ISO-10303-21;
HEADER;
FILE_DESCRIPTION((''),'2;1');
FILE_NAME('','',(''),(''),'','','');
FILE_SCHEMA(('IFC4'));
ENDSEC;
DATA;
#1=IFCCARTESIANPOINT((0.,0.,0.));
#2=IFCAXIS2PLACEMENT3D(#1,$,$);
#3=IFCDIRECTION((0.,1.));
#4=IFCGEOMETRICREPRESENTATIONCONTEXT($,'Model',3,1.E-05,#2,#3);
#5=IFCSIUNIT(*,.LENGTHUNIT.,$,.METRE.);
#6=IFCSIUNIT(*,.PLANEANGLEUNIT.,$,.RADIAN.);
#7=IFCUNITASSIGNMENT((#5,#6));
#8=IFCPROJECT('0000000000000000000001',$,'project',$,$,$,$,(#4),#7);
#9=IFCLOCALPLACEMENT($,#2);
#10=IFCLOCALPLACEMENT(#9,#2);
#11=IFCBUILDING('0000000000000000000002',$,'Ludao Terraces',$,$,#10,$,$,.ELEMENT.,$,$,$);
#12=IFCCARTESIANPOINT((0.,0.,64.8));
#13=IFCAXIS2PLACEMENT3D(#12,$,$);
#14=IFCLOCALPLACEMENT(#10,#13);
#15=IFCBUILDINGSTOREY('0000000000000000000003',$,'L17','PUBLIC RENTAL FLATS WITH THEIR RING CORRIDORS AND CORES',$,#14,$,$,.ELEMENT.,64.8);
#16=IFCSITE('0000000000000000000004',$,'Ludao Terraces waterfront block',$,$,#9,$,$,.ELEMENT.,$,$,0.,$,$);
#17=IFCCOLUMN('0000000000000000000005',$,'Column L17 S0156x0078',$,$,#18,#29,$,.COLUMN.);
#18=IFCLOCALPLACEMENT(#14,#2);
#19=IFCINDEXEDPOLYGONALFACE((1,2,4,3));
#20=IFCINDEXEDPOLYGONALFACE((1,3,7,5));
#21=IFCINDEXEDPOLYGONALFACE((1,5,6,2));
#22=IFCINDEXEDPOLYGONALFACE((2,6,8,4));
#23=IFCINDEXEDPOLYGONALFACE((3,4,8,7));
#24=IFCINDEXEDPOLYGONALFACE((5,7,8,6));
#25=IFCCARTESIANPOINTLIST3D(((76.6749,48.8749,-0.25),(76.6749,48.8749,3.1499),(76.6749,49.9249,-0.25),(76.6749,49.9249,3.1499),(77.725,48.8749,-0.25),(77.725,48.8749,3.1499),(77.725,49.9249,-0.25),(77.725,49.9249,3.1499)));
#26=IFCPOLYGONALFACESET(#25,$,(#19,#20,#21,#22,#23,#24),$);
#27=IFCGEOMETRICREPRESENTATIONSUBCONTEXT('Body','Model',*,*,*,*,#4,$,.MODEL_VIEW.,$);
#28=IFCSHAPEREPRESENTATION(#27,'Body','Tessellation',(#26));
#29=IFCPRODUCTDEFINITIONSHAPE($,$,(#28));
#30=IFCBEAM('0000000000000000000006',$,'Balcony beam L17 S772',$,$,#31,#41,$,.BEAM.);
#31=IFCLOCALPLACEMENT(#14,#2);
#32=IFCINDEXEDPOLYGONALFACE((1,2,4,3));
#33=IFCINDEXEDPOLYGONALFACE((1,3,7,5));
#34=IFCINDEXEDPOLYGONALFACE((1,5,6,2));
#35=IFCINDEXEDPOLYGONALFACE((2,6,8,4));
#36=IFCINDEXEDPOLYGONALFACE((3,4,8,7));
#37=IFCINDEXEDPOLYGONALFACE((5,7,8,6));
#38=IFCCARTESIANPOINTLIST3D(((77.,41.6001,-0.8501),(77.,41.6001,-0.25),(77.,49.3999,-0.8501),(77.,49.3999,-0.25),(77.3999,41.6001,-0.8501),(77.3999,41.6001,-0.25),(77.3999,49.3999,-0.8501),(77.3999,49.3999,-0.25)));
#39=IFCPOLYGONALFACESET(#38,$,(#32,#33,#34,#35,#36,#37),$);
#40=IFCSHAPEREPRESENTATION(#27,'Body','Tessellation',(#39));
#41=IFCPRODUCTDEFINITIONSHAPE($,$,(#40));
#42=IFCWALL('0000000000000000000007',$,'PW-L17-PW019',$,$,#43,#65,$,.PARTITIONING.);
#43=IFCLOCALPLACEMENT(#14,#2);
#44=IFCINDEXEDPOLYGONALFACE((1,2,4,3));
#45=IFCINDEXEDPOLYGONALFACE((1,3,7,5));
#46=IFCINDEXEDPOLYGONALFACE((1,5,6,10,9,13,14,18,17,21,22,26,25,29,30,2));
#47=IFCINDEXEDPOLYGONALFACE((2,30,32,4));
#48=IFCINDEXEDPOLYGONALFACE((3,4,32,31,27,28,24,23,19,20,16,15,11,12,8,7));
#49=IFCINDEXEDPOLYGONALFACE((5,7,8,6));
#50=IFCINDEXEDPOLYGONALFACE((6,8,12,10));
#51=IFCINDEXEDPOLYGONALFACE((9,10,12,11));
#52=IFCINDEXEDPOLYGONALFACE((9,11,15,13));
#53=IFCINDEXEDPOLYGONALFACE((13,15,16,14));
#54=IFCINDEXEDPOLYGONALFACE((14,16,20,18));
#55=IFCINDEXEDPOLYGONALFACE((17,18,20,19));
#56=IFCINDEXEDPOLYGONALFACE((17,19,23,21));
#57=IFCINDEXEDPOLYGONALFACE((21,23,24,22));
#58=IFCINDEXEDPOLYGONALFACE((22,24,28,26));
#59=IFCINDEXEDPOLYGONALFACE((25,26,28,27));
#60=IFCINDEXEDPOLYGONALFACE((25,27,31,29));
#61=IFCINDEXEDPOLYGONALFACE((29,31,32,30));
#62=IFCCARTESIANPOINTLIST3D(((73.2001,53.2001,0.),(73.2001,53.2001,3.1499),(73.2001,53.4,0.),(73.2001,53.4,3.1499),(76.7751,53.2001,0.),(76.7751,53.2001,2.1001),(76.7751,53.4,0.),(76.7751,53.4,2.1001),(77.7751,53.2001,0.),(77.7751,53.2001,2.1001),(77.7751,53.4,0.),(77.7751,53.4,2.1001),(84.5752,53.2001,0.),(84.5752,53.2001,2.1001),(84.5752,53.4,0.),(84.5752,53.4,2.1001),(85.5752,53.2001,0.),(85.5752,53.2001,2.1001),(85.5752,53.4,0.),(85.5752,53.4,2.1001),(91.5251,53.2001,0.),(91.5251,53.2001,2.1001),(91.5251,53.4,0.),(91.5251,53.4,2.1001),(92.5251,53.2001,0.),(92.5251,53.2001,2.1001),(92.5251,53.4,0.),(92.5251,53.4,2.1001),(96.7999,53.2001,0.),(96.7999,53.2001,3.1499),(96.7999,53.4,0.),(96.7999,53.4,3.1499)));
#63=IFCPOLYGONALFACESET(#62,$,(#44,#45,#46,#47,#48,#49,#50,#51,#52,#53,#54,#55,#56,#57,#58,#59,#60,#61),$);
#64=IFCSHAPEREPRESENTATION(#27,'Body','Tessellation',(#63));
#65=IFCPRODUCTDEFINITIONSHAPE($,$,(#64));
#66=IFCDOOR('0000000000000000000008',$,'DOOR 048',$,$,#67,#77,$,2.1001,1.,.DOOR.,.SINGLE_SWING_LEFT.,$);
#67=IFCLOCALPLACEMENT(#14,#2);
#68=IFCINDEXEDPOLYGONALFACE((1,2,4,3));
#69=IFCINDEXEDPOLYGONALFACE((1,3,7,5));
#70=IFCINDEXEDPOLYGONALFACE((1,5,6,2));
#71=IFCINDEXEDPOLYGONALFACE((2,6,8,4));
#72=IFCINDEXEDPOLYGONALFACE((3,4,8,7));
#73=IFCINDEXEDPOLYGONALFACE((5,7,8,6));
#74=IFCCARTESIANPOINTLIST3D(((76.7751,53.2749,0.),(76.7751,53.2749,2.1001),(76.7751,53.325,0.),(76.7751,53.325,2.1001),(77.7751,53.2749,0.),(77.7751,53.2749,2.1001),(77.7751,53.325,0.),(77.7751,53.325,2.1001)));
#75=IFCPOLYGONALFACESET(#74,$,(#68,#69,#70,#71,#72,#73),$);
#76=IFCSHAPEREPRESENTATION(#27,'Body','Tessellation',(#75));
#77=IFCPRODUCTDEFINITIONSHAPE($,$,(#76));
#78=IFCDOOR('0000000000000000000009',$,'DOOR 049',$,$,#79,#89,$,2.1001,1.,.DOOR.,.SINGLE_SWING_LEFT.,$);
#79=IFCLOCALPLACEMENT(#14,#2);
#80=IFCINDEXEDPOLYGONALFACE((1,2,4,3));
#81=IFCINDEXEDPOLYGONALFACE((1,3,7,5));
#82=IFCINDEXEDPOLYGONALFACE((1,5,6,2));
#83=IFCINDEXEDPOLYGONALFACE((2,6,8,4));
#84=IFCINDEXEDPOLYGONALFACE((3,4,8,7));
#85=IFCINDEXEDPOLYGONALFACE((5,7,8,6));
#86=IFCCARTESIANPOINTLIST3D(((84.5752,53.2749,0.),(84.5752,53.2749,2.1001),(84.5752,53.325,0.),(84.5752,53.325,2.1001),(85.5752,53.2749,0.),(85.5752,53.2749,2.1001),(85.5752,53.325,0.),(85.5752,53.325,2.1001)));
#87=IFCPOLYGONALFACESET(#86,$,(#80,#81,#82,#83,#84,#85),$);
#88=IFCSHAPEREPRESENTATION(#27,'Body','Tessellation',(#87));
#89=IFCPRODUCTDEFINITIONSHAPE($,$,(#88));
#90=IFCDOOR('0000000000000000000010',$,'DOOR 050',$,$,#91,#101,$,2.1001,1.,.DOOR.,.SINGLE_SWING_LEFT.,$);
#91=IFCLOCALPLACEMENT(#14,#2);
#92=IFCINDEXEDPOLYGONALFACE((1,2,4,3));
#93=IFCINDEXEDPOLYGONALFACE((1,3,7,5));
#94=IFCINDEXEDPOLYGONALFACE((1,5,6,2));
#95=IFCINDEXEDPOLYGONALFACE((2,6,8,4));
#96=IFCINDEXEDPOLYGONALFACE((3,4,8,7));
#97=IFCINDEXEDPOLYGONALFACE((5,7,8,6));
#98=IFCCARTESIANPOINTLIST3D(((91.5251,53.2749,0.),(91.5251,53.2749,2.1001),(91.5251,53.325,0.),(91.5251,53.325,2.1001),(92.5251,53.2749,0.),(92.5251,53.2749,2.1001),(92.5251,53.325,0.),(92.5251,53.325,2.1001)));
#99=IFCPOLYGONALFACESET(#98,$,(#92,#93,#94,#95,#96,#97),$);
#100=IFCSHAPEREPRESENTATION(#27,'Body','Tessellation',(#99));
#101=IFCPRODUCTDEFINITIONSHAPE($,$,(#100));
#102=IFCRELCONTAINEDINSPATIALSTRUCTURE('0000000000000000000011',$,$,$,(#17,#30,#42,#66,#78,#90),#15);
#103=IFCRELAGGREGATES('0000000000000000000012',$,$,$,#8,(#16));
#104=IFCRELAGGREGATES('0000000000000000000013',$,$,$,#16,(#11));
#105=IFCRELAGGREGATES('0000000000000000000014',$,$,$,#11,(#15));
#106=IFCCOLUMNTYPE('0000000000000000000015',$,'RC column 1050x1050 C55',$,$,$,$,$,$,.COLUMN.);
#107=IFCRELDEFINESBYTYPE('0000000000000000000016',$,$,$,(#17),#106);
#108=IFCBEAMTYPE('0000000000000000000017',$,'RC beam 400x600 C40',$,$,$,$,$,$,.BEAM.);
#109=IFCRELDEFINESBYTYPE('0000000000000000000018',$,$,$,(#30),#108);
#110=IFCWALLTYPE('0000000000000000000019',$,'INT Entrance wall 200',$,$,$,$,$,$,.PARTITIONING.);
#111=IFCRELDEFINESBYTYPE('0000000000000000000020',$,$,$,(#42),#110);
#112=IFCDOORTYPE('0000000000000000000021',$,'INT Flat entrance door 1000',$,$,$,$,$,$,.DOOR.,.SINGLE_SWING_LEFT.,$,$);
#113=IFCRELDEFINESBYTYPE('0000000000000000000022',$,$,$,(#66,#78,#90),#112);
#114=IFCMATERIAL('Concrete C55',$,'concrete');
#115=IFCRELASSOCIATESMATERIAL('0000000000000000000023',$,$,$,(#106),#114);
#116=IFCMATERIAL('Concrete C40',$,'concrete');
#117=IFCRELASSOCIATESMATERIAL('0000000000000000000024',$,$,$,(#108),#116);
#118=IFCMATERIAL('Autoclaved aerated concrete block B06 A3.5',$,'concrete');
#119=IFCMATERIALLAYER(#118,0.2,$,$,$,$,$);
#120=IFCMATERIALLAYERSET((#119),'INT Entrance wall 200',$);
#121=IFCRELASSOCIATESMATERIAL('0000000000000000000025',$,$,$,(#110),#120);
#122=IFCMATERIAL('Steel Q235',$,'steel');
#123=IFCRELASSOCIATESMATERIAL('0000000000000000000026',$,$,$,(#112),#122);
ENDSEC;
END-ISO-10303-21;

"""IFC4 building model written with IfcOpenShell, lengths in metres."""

from ifc_helpers import new_model, si_unit, direction, frame, frame_2d, origin, origin_2d, place, context, subcontext, project, spatial, rectangle, extrude, material, layer, layer_set, material_profile, profile_set, type_object, element, fill, save


model = new_model("IFC4")

# Units and contexts
model_context = context("Model", 3, precision=1e-05, world=origin(), true_north=direction((0.0, 1.0)))
body_context = subcontext(model_context, "Body", "Model", "MODEL_VIEW")
ifc_project = project(units=[si_unit("LENGTHUNIT", "METRE"), si_unit("PLANEANGLEUNIT", "RADIAN")], contexts=[model_context])

# Site, building, storey
site_placement = place(None, origin())
site = spatial("IfcSite", under=ifc_project, at=site_placement, Name="Ludao Terraces waterfront block", CompositionType="ELEMENT", RefElevation=0.0)
building_placement = place(site_placement, origin())
building = spatial("IfcBuilding", under=site, at=building_placement, Name="Ludao Terraces", CompositionType="ELEMENT")
storey_placement = place(building_placement, frame((0.0, 0.0, 64.8)))
storey = spatial("IfcBuildingStorey", under=building, at=storey_placement, Name="L17", Description="PUBLIC RENTAL FLATS WITH THEIR RING CORRIDORS AND CORES", CompositionType="ELEMENT", Elevation=64.8)

# Column
ifc_material_1 = material(Name="Concrete C55", Category="concrete")
ifc_material_profile_1 = material_profile(ifc_material_1, rectangle(XDim=1.05, YDim=1.05, at=origin_2d()), Name="1050 X 1050")
ifc_profile_set_1 = profile_set([ifc_material_profile_1], Name="Concrete C55")
column_type = type_object("IfcColumnType", Name="RC column 1050x1050 C55", PredefinedType="COLUMN", material=ifc_profile_set_1)
column_placement = place(storey_placement, frame((77.2, 49.3999, -0.25), z_axis=(0.0, 0.0, 1.0), x_axis=(1.0, 0.0, 0.0)))
element("IfcColumn", 1, at=column_placement, inside=storey, type_object=column_type, Name="Column L17 S0156x0078", PredefinedType="COLUMN", context=body_context, shape_type="SweptSolid", body=[
    extrude(rectangle(XDim=1.05, YDim=1.05, at=origin_2d()), origin(), (0.0, 0.0, 1.0), 3.3999),
])

# Beam
ifc_material_2 = material(Name="Concrete C40", Category="concrete")
ifc_material_profile_2 = material_profile(ifc_material_2, rectangle(XDim=0.3999, YDim=0.6001, at=origin_2d()), Name="400 X 600")
ifc_profile_set_2 = profile_set([ifc_material_profile_2], Name="Concrete C40")
beam_type = type_object("IfcBeamType", Name="RC beam 400x600 C40", PredefinedType="BEAM", material=ifc_profile_set_2)
beam_placement = place(storey_placement, frame((77.2, 49.3999, -0.55), z_axis=(0.0, -1.0, 0.0), x_axis=(1.0, 0.0, 0.0)))
element("IfcBeam", 2, at=beam_placement, inside=storey, type_object=beam_type, Name="Balcony beam L17 S772", PredefinedType="BEAM", context=body_context, shape_type="SweptSolid", body=[
    extrude(rectangle(XDim=0.3999, YDim=0.6001, at=origin_2d()), origin(), (0.0, 0.0, 1.0), 7.7998),
])

# Wall, openings, doors
ifc_material_3 = material(Name="Autoclaved aerated concrete block B06 A3.5", Category="concrete")
ifc_layer_1 = layer(ifc_material_3, 0.2)
ifc_layer_set_1 = layer_set([ifc_layer_1], Name="INT Entrance wall 200")
wall_type_1 = type_object("IfcWallType", Name="INT Entrance wall 200", PredefinedType="PARTITIONING", material=ifc_layer_set_1)
wall_1_placement = place(storey_placement, frame((73.2002, 53.3, 0.0), z_axis=(0.0, 0.0, 1.0), x_axis=(1.0, 0.0, 0.0)))
wall_1 = element("IfcWall", 3, at=wall_1_placement, inside=storey, type_object=wall_type_1, Name="PW-L17-PW019", PredefinedType="PARTITIONING", context=body_context, shape_type="SweptSolid", body=[
    extrude(rectangle(XDim=23.5999, YDim=0.2, at=frame_2d((11.7998, 0.0))), origin(), (0.0, 0.0, 1.0), 3.1499),
])
opening_1_placement = place(wall_1_placement, frame((3.575, 0.0, 0.0)))
opening_1 = element("IfcOpeningElement", 4, at=opening_1_placement, cuts=wall_1, PredefinedType="OPENING", context=body_context, shape_type="SweptSolid", body=[
    extrude(rectangle(XDim=1.0, YDim=2.1001, at=frame_2d((0.5, 1.05))), frame((0.0, 0.1099, 0.0), z_axis=(0.0, -1.0, 0.0), x_axis=(1.0, 0.0, 0.0)), (0.0, 0.0, 1.0), 0.22),
])
opening_2_placement = place(wall_1_placement, frame((11.375, 0.0, 0.0)))
opening_2 = element("IfcOpeningElement", 5, at=opening_2_placement, cuts=wall_1, PredefinedType="OPENING", context=body_context, shape_type="SweptSolid", body=[
    extrude(rectangle(XDim=1.0, YDim=2.1001, at=frame_2d((0.5, 1.05))), frame((0.0, 0.1099, 0.0), z_axis=(0.0, -1.0, 0.0), x_axis=(1.0, 0.0, 0.0)), (0.0, 0.0, 1.0), 0.22),
])
opening_3_placement = place(wall_1_placement, frame((18.325, 0.0, 0.0)))
opening_3 = element("IfcOpeningElement", 6, at=opening_3_placement, cuts=wall_1, PredefinedType="OPENING", context=body_context, shape_type="SweptSolid", body=[
    extrude(rectangle(XDim=1.0, YDim=2.1001, at=frame_2d((0.5, 1.05))), frame((0.0, 0.1099, 0.0), z_axis=(0.0, -1.0, 0.0), x_axis=(1.0, 0.0, 0.0)), (0.0, 0.0, 1.0), 0.22),
])
ifc_material_4 = material(Name="Steel Q235", Category="steel")
door_type_1 = type_object("IfcDoorType", Name="INT Flat entrance door 1000", OperationType="SINGLE_SWING_LEFT", PredefinedType="DOOR", material=ifc_material_4)
door_1_placement = place(opening_1_placement, origin())
door_1 = element("IfcDoor", 7, at=door_1_placement, inside=storey, type_object=door_type_1, Name="DOOR 048", OperationType="SINGLE_SWING_LEFT", OverallHeight=2.1001, OverallWidth=1.0, PredefinedType="DOOR", context=body_context, shape_type="SweptSolid", body=[
    extrude(rectangle(XDim=1.0, YDim=2.1001, at=frame_2d((0.5, 1.05))), frame((0.0, 0.0249, 0.0), z_axis=(0.0, -1.0, 0.0), x_axis=(1.0, 0.0, 0.0)), (0.0, 0.0, 1.0), 0.05),
])
fill(opening_1, door_1)
door_2_placement = place(opening_2_placement, origin())
door_2 = element("IfcDoor", 8, at=door_2_placement, inside=storey, type_object=door_type_1, Name="DOOR 049", OperationType="SINGLE_SWING_LEFT", OverallHeight=2.1001, OverallWidth=1.0, PredefinedType="DOOR", context=body_context, shape_type="SweptSolid", body=[
    extrude(rectangle(XDim=1.0, YDim=2.1001, at=frame_2d((0.5, 1.05))), frame((0.0, 0.0249, 0.0), z_axis=(0.0, -1.0, 0.0), x_axis=(1.0, 0.0, 0.0)), (0.0, 0.0, 1.0), 0.05),
])
fill(opening_2, door_2)
door_3_placement = place(opening_3_placement, origin())
door_3 = element("IfcDoor", 9, at=door_3_placement, inside=storey, type_object=door_type_1, Name="DOOR 050", OperationType="SINGLE_SWING_LEFT", OverallHeight=2.1001, OverallWidth=1.0, PredefinedType="DOOR", context=body_context, shape_type="SweptSolid", body=[
    extrude(rectangle(XDim=1.0, YDim=2.1001, at=frame_2d((0.5, 1.05))), frame((0.0, 0.0249, 0.0), z_axis=(0.0, -1.0, 0.0), x_axis=(1.0, 0.0, 0.0)), (0.0, 0.0, 1.0), 0.05),
])
fill(opening_3, door_3)

save(model, "model.ifc")
